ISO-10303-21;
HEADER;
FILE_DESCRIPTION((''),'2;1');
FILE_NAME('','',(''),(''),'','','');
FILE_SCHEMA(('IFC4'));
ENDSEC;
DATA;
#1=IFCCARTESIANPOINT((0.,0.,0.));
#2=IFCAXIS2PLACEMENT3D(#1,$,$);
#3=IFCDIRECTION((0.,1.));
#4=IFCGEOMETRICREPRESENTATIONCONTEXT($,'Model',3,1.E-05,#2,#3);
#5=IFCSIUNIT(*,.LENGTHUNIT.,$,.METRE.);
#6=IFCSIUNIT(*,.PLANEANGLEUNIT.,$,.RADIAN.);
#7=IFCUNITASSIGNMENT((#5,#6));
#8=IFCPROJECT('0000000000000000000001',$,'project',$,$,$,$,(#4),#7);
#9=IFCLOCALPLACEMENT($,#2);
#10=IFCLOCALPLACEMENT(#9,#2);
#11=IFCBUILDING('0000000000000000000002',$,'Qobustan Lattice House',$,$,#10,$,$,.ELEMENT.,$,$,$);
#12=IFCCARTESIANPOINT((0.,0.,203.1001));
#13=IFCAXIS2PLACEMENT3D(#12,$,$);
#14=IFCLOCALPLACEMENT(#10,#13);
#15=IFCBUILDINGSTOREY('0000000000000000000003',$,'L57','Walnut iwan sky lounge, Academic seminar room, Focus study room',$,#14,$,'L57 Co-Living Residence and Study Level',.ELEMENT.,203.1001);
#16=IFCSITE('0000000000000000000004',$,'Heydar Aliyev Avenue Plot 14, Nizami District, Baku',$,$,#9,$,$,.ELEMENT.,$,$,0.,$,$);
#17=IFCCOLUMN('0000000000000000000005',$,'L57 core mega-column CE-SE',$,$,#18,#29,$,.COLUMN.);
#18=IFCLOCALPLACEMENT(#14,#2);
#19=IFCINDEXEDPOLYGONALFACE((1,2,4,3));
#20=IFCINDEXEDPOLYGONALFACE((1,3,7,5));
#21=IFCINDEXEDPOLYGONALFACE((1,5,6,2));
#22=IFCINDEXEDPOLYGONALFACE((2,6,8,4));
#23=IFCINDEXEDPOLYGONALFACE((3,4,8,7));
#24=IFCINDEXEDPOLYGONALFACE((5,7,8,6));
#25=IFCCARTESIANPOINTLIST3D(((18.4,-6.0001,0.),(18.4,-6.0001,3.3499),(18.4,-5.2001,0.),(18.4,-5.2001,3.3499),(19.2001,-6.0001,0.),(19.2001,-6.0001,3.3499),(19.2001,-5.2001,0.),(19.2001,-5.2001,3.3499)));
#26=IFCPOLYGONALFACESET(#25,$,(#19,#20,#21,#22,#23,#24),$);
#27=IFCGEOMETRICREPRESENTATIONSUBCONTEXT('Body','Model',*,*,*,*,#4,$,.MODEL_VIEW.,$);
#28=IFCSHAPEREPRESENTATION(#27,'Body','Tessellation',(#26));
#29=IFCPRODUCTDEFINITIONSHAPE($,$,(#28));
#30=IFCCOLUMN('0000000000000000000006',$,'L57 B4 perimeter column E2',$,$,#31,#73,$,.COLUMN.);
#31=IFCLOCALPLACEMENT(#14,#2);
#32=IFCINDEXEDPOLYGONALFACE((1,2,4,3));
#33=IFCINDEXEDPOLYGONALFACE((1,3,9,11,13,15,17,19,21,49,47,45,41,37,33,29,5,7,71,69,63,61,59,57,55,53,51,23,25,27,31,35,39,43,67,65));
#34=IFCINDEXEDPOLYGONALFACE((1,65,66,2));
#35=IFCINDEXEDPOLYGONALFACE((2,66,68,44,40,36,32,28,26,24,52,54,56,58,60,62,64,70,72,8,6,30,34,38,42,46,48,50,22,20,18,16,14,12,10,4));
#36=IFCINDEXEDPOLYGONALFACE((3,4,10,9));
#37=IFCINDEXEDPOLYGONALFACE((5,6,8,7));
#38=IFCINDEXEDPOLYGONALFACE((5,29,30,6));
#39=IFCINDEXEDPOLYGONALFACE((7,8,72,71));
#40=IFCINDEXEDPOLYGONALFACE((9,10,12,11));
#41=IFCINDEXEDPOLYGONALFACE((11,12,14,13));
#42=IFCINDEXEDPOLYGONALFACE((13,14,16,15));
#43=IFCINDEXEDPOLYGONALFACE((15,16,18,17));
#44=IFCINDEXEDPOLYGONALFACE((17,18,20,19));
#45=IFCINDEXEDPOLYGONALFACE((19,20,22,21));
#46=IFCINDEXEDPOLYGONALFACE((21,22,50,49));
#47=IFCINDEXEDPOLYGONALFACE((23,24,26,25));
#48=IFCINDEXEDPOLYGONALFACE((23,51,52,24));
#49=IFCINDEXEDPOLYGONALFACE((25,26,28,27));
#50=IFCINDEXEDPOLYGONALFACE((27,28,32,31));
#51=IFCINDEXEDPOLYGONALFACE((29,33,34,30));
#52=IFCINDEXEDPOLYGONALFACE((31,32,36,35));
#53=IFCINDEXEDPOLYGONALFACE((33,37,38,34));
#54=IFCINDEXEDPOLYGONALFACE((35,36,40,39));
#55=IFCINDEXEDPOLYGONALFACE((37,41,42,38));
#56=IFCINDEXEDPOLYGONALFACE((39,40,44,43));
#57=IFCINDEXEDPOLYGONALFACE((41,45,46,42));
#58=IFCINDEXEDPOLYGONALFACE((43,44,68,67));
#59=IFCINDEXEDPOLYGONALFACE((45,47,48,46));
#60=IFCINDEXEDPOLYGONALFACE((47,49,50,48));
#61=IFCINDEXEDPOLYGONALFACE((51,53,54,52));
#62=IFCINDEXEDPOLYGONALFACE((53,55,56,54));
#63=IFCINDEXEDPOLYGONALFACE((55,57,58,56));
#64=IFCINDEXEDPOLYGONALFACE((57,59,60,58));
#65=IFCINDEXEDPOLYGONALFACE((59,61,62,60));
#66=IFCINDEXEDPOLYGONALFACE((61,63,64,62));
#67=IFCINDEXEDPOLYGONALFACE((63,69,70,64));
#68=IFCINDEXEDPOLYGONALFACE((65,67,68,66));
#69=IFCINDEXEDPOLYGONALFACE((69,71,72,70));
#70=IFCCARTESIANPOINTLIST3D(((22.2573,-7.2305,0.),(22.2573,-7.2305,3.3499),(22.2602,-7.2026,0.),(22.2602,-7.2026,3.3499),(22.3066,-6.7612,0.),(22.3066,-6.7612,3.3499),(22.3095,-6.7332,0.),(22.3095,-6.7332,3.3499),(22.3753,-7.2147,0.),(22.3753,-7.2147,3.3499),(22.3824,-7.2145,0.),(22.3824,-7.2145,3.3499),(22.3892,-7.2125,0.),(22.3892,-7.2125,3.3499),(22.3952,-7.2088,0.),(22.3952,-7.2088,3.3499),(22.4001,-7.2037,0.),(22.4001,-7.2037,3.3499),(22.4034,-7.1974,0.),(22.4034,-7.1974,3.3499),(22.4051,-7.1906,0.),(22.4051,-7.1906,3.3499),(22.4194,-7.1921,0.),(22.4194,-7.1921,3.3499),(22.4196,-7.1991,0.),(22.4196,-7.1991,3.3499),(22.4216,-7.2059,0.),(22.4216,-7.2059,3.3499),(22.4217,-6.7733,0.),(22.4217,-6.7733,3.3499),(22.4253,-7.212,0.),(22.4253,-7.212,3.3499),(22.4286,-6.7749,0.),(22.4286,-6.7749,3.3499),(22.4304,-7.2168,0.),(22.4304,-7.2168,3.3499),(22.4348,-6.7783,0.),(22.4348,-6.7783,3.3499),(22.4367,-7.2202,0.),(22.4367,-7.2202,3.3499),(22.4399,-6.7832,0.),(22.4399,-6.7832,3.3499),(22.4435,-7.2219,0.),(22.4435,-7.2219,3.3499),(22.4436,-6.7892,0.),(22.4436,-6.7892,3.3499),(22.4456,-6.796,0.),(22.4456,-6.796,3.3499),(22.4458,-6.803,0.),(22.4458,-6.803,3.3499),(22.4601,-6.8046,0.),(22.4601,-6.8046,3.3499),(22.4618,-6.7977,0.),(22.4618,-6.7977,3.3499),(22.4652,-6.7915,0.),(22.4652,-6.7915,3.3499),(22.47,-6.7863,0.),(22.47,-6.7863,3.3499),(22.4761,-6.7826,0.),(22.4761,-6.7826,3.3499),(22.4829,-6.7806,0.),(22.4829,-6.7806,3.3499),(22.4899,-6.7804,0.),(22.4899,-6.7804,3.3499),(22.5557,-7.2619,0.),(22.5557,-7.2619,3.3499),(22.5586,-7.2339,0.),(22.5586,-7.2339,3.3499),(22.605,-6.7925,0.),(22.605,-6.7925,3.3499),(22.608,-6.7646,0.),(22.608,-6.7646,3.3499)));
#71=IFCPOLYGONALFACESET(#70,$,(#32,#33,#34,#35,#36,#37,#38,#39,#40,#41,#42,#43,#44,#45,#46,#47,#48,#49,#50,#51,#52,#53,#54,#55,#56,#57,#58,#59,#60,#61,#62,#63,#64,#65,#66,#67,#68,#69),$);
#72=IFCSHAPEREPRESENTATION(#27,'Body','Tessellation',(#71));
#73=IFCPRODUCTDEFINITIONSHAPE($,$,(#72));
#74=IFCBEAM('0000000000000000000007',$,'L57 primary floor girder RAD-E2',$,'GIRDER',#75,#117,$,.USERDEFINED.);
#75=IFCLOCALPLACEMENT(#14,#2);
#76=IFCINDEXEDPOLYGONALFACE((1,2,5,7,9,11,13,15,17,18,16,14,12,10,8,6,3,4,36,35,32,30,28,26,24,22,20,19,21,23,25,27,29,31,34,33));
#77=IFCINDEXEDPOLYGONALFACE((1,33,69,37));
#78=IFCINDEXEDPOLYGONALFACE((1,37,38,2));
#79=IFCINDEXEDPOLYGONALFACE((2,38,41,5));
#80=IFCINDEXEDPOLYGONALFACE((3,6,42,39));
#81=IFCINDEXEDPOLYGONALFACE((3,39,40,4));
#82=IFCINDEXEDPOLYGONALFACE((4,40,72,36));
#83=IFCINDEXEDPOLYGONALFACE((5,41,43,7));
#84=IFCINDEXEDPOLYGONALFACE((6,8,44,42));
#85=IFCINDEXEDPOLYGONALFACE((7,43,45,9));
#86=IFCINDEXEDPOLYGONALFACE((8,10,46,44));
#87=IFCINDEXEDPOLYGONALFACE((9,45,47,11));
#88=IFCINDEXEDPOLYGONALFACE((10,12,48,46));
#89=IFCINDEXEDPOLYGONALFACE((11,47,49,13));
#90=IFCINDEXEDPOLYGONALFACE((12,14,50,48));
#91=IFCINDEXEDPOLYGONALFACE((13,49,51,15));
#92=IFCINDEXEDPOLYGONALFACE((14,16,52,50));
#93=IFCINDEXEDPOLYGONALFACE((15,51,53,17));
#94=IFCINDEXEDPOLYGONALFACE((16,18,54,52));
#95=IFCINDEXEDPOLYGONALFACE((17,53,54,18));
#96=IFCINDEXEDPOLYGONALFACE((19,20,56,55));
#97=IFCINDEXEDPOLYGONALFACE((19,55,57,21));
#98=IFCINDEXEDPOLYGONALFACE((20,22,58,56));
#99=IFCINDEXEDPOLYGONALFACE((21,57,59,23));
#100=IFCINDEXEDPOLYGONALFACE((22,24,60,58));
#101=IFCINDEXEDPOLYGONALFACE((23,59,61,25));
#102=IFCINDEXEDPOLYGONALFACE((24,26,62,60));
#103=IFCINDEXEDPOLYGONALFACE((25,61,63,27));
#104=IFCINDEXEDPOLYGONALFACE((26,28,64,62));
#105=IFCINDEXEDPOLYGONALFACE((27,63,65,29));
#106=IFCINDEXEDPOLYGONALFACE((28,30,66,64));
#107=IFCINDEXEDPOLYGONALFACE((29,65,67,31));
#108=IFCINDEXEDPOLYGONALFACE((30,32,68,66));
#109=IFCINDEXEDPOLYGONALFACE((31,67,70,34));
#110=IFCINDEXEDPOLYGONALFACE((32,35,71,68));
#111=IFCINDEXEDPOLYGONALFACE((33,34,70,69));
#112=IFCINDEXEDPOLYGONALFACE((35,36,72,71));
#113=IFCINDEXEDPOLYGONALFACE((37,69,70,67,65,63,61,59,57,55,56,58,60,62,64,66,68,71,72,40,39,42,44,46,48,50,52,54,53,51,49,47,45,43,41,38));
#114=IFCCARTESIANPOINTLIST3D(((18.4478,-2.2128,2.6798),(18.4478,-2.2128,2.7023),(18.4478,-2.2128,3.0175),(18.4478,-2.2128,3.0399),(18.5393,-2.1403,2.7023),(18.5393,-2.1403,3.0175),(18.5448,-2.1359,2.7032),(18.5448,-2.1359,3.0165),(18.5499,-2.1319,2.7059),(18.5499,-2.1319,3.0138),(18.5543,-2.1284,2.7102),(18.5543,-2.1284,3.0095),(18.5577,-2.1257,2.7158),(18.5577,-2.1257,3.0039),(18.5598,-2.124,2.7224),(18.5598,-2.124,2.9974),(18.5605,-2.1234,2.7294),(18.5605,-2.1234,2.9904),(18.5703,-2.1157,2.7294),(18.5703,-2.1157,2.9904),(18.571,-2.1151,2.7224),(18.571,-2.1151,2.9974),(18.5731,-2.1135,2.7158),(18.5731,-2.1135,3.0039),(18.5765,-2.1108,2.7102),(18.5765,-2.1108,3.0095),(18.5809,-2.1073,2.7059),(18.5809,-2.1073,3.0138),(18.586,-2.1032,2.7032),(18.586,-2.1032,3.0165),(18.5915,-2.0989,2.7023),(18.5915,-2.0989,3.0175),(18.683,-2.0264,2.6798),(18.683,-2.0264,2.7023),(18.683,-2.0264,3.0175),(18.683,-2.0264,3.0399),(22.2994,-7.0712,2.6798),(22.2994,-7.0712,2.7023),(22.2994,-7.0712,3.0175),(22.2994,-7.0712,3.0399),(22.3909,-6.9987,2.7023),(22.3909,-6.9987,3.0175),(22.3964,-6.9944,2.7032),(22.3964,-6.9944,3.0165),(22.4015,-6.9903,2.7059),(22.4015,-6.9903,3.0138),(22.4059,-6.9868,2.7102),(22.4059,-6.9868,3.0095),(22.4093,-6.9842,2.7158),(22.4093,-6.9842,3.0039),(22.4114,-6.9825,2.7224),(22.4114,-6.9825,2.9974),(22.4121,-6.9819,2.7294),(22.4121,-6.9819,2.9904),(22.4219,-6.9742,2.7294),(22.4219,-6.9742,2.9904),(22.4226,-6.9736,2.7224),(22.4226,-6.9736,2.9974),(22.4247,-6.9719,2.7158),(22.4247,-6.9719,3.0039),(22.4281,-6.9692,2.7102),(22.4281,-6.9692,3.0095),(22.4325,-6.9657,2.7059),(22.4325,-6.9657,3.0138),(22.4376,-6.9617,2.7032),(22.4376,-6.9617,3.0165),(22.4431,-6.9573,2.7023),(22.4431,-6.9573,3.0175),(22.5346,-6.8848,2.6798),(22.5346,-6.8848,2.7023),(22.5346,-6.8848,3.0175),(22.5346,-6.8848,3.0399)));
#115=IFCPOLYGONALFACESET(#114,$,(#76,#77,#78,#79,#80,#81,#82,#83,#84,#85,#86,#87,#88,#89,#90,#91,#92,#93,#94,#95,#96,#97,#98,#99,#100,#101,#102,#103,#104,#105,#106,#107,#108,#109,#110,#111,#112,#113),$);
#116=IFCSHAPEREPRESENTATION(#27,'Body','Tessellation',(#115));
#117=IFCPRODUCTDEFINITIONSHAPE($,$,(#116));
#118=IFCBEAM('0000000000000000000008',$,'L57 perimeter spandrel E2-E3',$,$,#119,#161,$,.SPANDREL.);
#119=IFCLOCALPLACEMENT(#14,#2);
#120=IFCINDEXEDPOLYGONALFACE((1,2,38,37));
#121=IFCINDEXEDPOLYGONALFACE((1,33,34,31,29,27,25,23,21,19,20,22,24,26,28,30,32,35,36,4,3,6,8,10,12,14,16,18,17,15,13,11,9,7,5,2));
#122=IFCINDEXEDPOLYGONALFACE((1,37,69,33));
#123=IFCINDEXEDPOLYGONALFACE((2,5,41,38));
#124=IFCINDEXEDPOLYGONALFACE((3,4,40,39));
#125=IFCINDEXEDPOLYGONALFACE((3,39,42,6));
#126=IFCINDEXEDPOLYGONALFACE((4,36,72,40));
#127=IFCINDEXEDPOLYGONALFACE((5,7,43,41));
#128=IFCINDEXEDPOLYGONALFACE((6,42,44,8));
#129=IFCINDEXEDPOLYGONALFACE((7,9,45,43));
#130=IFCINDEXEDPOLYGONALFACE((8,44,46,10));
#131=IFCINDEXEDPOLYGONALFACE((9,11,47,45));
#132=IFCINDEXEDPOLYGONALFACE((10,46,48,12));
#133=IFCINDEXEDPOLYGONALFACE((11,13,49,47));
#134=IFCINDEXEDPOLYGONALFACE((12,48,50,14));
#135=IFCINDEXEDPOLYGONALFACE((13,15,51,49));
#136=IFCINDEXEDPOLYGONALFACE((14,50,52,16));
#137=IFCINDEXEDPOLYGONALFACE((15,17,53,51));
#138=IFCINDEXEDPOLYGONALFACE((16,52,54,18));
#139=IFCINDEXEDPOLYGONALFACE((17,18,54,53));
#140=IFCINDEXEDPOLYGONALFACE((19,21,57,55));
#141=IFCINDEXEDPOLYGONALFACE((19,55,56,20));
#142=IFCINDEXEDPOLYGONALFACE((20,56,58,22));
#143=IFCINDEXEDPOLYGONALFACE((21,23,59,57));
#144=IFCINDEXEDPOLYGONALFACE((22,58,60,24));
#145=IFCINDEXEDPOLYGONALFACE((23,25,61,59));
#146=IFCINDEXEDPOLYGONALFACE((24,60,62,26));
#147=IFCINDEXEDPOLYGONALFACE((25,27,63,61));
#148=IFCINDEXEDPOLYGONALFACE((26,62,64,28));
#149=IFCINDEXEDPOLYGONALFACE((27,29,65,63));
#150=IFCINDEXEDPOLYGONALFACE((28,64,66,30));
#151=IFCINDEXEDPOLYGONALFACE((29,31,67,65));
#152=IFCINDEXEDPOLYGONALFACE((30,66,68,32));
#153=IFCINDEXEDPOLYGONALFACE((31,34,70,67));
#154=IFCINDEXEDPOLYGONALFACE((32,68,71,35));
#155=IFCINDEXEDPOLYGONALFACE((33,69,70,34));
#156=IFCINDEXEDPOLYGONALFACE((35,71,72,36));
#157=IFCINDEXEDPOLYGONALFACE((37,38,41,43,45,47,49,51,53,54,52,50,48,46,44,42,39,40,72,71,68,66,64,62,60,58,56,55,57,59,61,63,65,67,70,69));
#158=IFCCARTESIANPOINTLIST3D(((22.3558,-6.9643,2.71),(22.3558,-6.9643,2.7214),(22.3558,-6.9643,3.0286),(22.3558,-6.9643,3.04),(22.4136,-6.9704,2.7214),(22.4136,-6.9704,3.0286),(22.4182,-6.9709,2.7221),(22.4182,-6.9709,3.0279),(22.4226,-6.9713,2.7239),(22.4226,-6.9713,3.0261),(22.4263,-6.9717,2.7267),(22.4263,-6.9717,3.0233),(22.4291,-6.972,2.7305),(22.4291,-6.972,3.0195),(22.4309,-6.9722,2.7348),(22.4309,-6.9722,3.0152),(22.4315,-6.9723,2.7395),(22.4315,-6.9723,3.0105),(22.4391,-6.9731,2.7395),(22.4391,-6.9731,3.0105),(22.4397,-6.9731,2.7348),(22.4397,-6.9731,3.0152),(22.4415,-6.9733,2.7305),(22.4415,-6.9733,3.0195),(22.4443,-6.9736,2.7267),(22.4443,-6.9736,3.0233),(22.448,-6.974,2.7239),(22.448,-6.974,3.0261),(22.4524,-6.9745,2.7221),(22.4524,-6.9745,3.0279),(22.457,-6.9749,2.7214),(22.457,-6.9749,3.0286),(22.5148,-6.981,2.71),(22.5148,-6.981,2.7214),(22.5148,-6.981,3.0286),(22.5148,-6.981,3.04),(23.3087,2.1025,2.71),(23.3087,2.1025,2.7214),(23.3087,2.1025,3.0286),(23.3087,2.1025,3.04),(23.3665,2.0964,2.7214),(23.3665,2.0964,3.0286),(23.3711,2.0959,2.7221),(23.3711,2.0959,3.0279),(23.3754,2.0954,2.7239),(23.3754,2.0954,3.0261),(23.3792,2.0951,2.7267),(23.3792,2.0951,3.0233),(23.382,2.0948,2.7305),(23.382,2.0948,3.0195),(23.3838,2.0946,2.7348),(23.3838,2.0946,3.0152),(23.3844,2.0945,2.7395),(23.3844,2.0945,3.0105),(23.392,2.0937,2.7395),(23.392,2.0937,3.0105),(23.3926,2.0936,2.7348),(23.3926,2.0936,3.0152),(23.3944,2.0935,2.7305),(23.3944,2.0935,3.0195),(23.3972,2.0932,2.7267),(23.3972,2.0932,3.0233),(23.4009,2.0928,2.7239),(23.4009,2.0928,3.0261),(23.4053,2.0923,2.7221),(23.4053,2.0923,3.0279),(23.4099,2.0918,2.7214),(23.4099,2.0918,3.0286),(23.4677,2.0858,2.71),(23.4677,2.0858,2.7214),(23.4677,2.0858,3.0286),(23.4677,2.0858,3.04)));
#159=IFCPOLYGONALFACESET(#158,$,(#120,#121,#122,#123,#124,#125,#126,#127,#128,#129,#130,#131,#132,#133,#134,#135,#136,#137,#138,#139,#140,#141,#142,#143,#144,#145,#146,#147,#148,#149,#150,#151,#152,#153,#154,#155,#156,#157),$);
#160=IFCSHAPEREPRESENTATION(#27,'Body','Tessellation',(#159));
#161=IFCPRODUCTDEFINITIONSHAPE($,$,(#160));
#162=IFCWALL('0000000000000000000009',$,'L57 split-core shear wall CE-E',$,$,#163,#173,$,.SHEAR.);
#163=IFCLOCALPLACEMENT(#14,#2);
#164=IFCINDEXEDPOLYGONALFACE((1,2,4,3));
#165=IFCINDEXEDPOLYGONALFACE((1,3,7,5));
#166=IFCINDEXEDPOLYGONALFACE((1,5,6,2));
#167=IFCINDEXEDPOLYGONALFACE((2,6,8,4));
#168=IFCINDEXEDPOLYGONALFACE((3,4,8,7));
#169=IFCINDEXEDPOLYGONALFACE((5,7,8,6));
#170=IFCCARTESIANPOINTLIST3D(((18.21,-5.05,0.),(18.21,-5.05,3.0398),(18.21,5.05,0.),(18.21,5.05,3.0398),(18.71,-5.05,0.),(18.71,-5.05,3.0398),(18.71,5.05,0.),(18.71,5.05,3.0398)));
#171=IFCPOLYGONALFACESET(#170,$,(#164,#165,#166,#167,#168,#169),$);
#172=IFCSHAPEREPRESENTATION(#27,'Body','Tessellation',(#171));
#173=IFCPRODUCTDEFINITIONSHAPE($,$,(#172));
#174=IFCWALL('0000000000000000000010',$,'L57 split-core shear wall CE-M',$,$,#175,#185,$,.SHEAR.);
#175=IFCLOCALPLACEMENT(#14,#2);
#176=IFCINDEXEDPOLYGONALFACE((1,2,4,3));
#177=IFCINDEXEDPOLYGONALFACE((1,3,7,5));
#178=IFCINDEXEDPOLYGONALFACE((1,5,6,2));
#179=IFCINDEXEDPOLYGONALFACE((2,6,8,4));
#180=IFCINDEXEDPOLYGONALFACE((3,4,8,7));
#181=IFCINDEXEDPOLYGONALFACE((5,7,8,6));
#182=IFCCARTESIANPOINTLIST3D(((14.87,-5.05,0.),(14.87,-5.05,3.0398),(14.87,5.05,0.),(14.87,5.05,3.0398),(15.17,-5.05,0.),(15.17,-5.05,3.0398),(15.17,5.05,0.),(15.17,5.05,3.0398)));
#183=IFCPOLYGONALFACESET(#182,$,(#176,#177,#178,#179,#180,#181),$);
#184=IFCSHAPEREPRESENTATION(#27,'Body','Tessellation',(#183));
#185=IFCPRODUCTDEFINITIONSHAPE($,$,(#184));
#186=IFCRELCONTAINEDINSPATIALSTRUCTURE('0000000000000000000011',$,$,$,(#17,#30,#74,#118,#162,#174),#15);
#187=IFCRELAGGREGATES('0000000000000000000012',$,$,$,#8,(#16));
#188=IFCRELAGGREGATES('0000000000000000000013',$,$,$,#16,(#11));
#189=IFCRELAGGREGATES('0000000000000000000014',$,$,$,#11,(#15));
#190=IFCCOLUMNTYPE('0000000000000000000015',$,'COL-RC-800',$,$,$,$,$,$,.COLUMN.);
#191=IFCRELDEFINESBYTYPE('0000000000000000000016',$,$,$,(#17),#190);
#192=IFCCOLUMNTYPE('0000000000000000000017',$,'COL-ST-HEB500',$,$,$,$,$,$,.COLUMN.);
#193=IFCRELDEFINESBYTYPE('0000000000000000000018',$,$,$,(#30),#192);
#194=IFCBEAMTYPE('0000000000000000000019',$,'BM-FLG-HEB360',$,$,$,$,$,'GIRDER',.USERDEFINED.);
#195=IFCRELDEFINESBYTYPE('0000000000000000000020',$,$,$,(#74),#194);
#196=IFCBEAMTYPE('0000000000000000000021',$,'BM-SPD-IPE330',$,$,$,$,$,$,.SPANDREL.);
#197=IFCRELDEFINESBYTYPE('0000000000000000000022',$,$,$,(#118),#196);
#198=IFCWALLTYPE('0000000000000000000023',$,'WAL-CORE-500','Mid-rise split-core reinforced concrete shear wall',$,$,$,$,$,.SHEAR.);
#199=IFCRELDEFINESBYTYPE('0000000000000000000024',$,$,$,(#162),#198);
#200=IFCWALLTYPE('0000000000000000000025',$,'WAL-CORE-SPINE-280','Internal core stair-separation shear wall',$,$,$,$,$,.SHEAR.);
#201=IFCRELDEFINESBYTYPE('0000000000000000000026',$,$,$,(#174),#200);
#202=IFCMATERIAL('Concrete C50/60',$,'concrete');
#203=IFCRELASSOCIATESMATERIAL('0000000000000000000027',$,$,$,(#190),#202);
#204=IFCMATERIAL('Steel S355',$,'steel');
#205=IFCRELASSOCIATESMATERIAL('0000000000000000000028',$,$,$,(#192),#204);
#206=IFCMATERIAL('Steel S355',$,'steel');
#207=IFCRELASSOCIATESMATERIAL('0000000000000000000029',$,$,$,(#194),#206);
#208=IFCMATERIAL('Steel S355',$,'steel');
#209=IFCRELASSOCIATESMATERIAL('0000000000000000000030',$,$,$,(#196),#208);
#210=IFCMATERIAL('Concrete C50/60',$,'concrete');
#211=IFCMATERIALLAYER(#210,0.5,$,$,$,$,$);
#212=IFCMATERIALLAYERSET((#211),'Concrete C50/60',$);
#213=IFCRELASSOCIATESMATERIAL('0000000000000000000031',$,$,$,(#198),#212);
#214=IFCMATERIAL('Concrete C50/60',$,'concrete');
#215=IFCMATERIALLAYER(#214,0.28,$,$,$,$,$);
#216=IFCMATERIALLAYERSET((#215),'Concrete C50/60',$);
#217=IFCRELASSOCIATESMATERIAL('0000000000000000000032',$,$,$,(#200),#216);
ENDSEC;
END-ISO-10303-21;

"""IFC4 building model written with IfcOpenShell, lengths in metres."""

from ifc_helpers import new_model, si_unit, direction, frame, frame_2d, origin, origin_2d, place, context, subcontext, project, spatial, rectangle, i_section, extrude, material, layer, layer_set, material_profile, profile_set, type_object, element, save


model = new_model("IFC4")

# Units and contexts
model_context = context("Model", 3, precision=1e-05, world=origin(), true_north=direction((0.0, 1.0)))
body_context = subcontext(model_context, "Body", "Model", "MODEL_VIEW")
ifc_project = project(units=[si_unit("LENGTHUNIT", "METRE"), si_unit("PLANEANGLEUNIT", "RADIAN")], contexts=[model_context])

# Site, building, storey
site_placement = place(None, origin())
site = spatial("IfcSite", under=ifc_project, at=site_placement, Name="Heydar Aliyev Avenue Plot 14, Nizami District, Baku", CompositionType="ELEMENT", RefElevation=0.0)
building_placement = place(site_placement, origin())
building = spatial("IfcBuilding", under=site, at=building_placement, Name="Qobustan Lattice House", CompositionType="ELEMENT")
storey_placement = place(building_placement, frame((0.0, 0.0, 203.1001)))
storey = spatial("IfcBuildingStorey", under=building, at=storey_placement, Name="L57", Description="Walnut iwan sky lounge, Academic seminar room, Focus study room", LongName="L57 Co-Living Residence and Study Level", CompositionType="ELEMENT", Elevation=203.1001)

# Columns
ifc_material_1 = material(Name="Concrete C50/60", Category="concrete")
ifc_material_profile_1 = material_profile(ifc_material_1, rectangle(XDim=0.8, YDim=0.8, at=origin_2d()), Name="RC800x800")
ifc_profile_set_1 = profile_set([ifc_material_profile_1], Name="Concrete C50/60")
column_type_1 = type_object("IfcColumnType", Name="COL-RC-800", PredefinedType="COLUMN", material=ifc_profile_set_1)
column_1_placement = place(storey_placement, frame((18.8, -5.6001, 0.0), z_axis=(0.0, 0.0, 1.0), x_axis=(1.0, 0.0, 0.0)))
element("IfcColumn", 1, at=column_1_placement, inside=storey, type_object=column_type_1, Name="L57 core mega-column CE-SE", PredefinedType="COLUMN", context=body_context, shape_type="SweptSolid", body=[
    extrude(rectangle(XDim=0.8, YDim=0.8, at=origin_2d()), origin(), (0.0, 0.0, 1.0), 3.3499),
])
ifc_material_2 = material(Name="Steel S355", Category="steel")
ifc_material_profile_2 = material_profile(ifc_material_2, i_section(OverallWidth=0.3, OverallDepth=0.5, WebThickness=0.0144, FlangeThickness=0.0281, FilletRadius=0.0271, at=origin_2d()), Name="HEB500")
ifc_profile_set_2 = profile_set([ifc_material_profile_2], Name="Steel S355")
column_type_2 = type_object("IfcColumnType", Name="COL-ST-HEB500", PredefinedType="COLUMN", material=ifc_profile_set_2)
column_2_placement = place(storey_placement, frame((22.4326, -6.9976, 0.0), z_axis=(0.0, 0.0, 1.0), x_axis=(0.994522, -0.104528, 0.0)))
element("IfcColumn", 2, at=column_2_placement, inside=storey, type_object=column_type_2, Name="L57 B4 perimeter column E2", PredefinedType="COLUMN", context=body_context, shape_type="SweptSolid", body=[
    extrude(i_section(OverallWidth=0.3, OverallDepth=0.5, WebThickness=0.0144, FlangeThickness=0.0281, FilletRadius=0.0271, at=origin_2d()), origin(), (0.0, 0.0, 1.0), 3.3499),
])

# Beams
ifc_material_3 = material(Name="Steel S355", Category="steel")
ifc_material_profile_3 = material_profile(ifc_material_3, i_section(OverallWidth=0.3, OverallDepth=0.3601, WebThickness=0.0125, FlangeThickness=0.0225, FilletRadius=0.0271, at=origin_2d()), Name="HEB360")
ifc_profile_set_3 = profile_set([ifc_material_profile_3], Name="Steel S355")
beam_type_1 = type_object("IfcBeamType", Name="BM-FLG-HEB360", ElementType="GIRDER", PredefinedType="USERDEFINED", material=ifc_profile_set_3)
beam_1_placement = place(storey_placement, frame((22.417, -6.978, 2.8599), z_axis=(-0.621231, 0.783627, 0.0), x_axis=(-0.783627, -0.621231, 0.0)))
element("IfcBeam", 3, at=beam_1_placement, inside=storey, type_object=beam_type_1, Name="L57 primary floor girder RAD-E2", ObjectType="GIRDER", PredefinedType="USERDEFINED", context=body_context, shape_type="SweptSolid", body=[
    extrude(i_section(OverallWidth=0.3, OverallDepth=0.3601, WebThickness=0.0125, FlangeThickness=0.0225, FilletRadius=0.0271, at=origin_2d()), origin(), (0.0, 0.0, 1.0), 6.2),
])
ifc_material_4 = material(Name="Steel S355", Category="steel")
ifc_material_profile_4 = material_profile(ifc_material_4, i_section(OverallWidth=0.1599, OverallDepth=0.3301, WebThickness=0.0076, FlangeThickness=0.0115, FilletRadius=0.0181, at=origin_2d()), Name="IPE330")
ifc_profile_set_4 = profile_set([ifc_material_profile_4], Name="Steel S355")
beam_type_2 = type_object("IfcBeamType", Name="BM-SPD-IPE330", PredefinedType="SPANDREL", material=ifc_profile_set_4)
beam_2_placement = place(storey_placement, frame((22.4353, -6.9727, 2.875), z_axis=(0.104522, 0.994523, 0.0), x_axis=(-0.994523, 0.104522, 0.0)))
element("IfcBeam", 4, at=beam_2_placement, inside=storey, type_object=beam_type_2, Name="L57 perimeter spandrel E2-E3", PredefinedType="SPANDREL", context=body_context, shape_type="SweptSolid", body=[
    extrude(i_section(OverallWidth=0.1599, OverallDepth=0.3301, WebThickness=0.0076, FlangeThickness=0.0115, FilletRadius=0.0181, at=origin_2d()), origin(), (0.0, 0.0, 1.0), 9.1167),
])

# Walls
ifc_material_5 = material(Name="Concrete C50/60", Category="concrete")
ifc_layer_1 = layer(ifc_material_5, 0.5)
ifc_layer_set_1 = layer_set([ifc_layer_1], Name="Concrete C50/60")
wall_type_1 = type_object("IfcWallType", Name="WAL-CORE-500", Description="Mid-rise split-core reinforced concrete shear wall", PredefinedType="SHEAR", material=ifc_layer_set_1)
wall_1_placement = place(storey_placement, frame((18.46, -5.05, 0.0), z_axis=(0.0, 0.0, 1.0), x_axis=(0.0, 1.0, 0.0)))
element("IfcWall", 5, at=wall_1_placement, inside=storey, type_object=wall_type_1, Name="L57 split-core shear wall CE-E", PredefinedType="SHEAR", context=body_context, shape_type="SweptSolid", body=[
    extrude(rectangle(XDim=10.1001, YDim=0.5, at=frame_2d((5.05, 0.0))), origin(), (0.0, 0.0, 1.0), 3.0398),
])
ifc_material_6 = material(Name="Concrete C50/60", Category="concrete")
ifc_layer_2 = layer(ifc_material_6, 0.28)
ifc_layer_set_2 = layer_set([ifc_layer_2], Name="Concrete C50/60")
wall_type_2 = type_object("IfcWallType", Name="WAL-CORE-SPINE-280", Description="Internal core stair-separation shear wall", PredefinedType="SHEAR", material=ifc_layer_set_2)
wall_2_placement = place(storey_placement, frame((15.02, -5.05, 0.0), z_axis=(0.0, 0.0, 1.0), x_axis=(0.0, 1.0, 0.0)))
element("IfcWall", 6, at=wall_2_placement, inside=storey, type_object=wall_type_2, Name="L57 split-core shear wall CE-M", PredefinedType="SHEAR", context=body_context, shape_type="SweptSolid", body=[
    extrude(rectangle(XDim=10.1001, YDim=0.3, at=frame_2d((5.05, 0.0))), origin(), (0.0, 0.0, 1.0), 3.0398),
])

save(model, "model.ifc")
